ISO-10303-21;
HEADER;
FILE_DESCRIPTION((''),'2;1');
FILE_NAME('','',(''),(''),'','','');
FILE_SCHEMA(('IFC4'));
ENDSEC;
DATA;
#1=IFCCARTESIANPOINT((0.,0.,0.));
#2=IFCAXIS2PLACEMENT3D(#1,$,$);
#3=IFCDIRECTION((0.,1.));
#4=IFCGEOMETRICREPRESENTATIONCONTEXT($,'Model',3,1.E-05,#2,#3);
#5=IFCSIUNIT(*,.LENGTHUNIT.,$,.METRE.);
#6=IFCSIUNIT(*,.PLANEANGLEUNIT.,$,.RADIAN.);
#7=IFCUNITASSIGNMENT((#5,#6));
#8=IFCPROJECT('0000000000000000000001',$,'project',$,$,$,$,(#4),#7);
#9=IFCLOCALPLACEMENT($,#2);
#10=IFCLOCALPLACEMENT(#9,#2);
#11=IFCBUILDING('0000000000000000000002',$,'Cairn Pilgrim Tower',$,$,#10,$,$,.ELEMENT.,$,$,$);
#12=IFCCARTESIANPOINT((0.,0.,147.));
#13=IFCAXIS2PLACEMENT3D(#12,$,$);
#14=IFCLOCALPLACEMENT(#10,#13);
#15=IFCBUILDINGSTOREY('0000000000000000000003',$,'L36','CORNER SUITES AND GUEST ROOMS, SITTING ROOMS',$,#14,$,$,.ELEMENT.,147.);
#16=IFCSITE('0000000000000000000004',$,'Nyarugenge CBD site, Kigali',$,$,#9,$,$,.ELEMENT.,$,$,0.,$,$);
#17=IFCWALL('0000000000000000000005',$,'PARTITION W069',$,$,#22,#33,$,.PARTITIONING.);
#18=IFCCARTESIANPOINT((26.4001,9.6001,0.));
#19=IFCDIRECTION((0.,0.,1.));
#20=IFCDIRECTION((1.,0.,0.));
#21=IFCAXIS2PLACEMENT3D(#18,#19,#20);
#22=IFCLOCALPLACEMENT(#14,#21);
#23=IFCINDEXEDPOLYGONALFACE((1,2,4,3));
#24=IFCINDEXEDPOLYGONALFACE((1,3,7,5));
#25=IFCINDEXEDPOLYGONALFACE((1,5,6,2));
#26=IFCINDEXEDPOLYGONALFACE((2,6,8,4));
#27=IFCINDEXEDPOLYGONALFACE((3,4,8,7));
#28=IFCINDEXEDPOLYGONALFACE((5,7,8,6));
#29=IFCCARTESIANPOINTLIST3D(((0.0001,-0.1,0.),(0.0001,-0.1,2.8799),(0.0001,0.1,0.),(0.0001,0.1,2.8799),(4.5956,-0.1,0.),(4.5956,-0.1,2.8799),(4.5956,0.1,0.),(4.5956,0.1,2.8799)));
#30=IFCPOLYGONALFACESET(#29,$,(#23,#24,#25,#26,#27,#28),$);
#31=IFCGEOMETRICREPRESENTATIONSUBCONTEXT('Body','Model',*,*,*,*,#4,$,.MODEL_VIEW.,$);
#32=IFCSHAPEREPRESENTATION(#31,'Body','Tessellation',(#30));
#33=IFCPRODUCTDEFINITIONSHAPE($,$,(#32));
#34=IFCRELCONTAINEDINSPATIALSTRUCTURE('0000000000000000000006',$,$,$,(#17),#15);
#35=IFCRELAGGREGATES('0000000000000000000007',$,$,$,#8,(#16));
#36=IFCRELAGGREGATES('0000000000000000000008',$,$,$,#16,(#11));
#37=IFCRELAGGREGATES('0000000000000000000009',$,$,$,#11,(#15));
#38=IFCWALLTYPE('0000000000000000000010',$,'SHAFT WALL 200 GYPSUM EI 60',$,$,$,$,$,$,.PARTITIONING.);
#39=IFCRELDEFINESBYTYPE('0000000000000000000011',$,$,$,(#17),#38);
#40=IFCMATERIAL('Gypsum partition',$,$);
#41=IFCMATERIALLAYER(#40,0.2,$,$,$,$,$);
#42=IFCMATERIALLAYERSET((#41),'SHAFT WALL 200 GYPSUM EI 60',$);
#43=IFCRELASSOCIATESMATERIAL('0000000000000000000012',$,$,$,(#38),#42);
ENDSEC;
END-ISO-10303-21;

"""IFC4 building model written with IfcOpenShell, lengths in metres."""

from ifc_helpers import new_model, si_unit, direction, frame, frame_2d, origin, place, context, subcontext, project, spatial, rectangle, extrude, material, layer, layer_set, type_object, element, save


model = new_model("IFC4")

# Units and contexts
model_context = context("Model", 3, precision=1e-05, world=origin(), true_north=direction((0.0, 1.0)))
body_context = subcontext(model_context, "Body", "Model", "MODEL_VIEW")
ifc_project = project(units=[si_unit("LENGTHUNIT", "METRE"), si_unit("PLANEANGLEUNIT", "RADIAN")], contexts=[model_context])

# Site, building, storey
site_placement = place(None, origin())
site = spatial("IfcSite", under=ifc_project, at=site_placement, Name="Nyarugenge CBD site, Kigali", CompositionType="ELEMENT", RefElevation=0.0)
building_placement = place(site_placement, origin())
building = spatial("IfcBuilding", under=site, at=building_placement, Name="Cairn Pilgrim Tower", CompositionType="ELEMENT")
storey_placement = place(building_placement, frame((0.0, 0.0, 147.0)))
storey = spatial("IfcBuildingStorey", under=building, at=storey_placement, Name="L36", Description="CORNER SUITES AND GUEST ROOMS, SITTING ROOMS", CompositionType="ELEMENT", Elevation=147.0)

# Shared definitions
ifc_material_1 = material(Name="Gypsum partition")

# Wall
ifc_layer_1 = layer(ifc_material_1, 0.2)
ifc_layer_set_1 = layer_set([ifc_layer_1], Name="SHAFT WALL 200 GYPSUM EI 60")
wall_type_1 = type_object("IfcWallType", Name="SHAFT WALL 200 GYPSUM EI 60", PredefinedType="PARTITIONING", material=ifc_layer_set_1)
wall_1_placement = place(storey_placement, frame((26.4001, 9.6001, 0.0), z_axis=(0.0, 0.0, 1.0), x_axis=(1.0, 0.0, 0.0)))
element("IfcWall", 1, at=wall_1_placement, inside=storey, type_object=wall_type_1, Name="PARTITION W069", PredefinedType="PARTITIONING", context=body_context, shape_type="SweptSolid", body=[
    extrude(rectangle(XDim=4.5955, YDim=0.2, at=frame_2d((2.2979, 0.0))), origin(), (0.0, 0.0, 1.0), 2.8799),
])

save(model, "model.ifc")
